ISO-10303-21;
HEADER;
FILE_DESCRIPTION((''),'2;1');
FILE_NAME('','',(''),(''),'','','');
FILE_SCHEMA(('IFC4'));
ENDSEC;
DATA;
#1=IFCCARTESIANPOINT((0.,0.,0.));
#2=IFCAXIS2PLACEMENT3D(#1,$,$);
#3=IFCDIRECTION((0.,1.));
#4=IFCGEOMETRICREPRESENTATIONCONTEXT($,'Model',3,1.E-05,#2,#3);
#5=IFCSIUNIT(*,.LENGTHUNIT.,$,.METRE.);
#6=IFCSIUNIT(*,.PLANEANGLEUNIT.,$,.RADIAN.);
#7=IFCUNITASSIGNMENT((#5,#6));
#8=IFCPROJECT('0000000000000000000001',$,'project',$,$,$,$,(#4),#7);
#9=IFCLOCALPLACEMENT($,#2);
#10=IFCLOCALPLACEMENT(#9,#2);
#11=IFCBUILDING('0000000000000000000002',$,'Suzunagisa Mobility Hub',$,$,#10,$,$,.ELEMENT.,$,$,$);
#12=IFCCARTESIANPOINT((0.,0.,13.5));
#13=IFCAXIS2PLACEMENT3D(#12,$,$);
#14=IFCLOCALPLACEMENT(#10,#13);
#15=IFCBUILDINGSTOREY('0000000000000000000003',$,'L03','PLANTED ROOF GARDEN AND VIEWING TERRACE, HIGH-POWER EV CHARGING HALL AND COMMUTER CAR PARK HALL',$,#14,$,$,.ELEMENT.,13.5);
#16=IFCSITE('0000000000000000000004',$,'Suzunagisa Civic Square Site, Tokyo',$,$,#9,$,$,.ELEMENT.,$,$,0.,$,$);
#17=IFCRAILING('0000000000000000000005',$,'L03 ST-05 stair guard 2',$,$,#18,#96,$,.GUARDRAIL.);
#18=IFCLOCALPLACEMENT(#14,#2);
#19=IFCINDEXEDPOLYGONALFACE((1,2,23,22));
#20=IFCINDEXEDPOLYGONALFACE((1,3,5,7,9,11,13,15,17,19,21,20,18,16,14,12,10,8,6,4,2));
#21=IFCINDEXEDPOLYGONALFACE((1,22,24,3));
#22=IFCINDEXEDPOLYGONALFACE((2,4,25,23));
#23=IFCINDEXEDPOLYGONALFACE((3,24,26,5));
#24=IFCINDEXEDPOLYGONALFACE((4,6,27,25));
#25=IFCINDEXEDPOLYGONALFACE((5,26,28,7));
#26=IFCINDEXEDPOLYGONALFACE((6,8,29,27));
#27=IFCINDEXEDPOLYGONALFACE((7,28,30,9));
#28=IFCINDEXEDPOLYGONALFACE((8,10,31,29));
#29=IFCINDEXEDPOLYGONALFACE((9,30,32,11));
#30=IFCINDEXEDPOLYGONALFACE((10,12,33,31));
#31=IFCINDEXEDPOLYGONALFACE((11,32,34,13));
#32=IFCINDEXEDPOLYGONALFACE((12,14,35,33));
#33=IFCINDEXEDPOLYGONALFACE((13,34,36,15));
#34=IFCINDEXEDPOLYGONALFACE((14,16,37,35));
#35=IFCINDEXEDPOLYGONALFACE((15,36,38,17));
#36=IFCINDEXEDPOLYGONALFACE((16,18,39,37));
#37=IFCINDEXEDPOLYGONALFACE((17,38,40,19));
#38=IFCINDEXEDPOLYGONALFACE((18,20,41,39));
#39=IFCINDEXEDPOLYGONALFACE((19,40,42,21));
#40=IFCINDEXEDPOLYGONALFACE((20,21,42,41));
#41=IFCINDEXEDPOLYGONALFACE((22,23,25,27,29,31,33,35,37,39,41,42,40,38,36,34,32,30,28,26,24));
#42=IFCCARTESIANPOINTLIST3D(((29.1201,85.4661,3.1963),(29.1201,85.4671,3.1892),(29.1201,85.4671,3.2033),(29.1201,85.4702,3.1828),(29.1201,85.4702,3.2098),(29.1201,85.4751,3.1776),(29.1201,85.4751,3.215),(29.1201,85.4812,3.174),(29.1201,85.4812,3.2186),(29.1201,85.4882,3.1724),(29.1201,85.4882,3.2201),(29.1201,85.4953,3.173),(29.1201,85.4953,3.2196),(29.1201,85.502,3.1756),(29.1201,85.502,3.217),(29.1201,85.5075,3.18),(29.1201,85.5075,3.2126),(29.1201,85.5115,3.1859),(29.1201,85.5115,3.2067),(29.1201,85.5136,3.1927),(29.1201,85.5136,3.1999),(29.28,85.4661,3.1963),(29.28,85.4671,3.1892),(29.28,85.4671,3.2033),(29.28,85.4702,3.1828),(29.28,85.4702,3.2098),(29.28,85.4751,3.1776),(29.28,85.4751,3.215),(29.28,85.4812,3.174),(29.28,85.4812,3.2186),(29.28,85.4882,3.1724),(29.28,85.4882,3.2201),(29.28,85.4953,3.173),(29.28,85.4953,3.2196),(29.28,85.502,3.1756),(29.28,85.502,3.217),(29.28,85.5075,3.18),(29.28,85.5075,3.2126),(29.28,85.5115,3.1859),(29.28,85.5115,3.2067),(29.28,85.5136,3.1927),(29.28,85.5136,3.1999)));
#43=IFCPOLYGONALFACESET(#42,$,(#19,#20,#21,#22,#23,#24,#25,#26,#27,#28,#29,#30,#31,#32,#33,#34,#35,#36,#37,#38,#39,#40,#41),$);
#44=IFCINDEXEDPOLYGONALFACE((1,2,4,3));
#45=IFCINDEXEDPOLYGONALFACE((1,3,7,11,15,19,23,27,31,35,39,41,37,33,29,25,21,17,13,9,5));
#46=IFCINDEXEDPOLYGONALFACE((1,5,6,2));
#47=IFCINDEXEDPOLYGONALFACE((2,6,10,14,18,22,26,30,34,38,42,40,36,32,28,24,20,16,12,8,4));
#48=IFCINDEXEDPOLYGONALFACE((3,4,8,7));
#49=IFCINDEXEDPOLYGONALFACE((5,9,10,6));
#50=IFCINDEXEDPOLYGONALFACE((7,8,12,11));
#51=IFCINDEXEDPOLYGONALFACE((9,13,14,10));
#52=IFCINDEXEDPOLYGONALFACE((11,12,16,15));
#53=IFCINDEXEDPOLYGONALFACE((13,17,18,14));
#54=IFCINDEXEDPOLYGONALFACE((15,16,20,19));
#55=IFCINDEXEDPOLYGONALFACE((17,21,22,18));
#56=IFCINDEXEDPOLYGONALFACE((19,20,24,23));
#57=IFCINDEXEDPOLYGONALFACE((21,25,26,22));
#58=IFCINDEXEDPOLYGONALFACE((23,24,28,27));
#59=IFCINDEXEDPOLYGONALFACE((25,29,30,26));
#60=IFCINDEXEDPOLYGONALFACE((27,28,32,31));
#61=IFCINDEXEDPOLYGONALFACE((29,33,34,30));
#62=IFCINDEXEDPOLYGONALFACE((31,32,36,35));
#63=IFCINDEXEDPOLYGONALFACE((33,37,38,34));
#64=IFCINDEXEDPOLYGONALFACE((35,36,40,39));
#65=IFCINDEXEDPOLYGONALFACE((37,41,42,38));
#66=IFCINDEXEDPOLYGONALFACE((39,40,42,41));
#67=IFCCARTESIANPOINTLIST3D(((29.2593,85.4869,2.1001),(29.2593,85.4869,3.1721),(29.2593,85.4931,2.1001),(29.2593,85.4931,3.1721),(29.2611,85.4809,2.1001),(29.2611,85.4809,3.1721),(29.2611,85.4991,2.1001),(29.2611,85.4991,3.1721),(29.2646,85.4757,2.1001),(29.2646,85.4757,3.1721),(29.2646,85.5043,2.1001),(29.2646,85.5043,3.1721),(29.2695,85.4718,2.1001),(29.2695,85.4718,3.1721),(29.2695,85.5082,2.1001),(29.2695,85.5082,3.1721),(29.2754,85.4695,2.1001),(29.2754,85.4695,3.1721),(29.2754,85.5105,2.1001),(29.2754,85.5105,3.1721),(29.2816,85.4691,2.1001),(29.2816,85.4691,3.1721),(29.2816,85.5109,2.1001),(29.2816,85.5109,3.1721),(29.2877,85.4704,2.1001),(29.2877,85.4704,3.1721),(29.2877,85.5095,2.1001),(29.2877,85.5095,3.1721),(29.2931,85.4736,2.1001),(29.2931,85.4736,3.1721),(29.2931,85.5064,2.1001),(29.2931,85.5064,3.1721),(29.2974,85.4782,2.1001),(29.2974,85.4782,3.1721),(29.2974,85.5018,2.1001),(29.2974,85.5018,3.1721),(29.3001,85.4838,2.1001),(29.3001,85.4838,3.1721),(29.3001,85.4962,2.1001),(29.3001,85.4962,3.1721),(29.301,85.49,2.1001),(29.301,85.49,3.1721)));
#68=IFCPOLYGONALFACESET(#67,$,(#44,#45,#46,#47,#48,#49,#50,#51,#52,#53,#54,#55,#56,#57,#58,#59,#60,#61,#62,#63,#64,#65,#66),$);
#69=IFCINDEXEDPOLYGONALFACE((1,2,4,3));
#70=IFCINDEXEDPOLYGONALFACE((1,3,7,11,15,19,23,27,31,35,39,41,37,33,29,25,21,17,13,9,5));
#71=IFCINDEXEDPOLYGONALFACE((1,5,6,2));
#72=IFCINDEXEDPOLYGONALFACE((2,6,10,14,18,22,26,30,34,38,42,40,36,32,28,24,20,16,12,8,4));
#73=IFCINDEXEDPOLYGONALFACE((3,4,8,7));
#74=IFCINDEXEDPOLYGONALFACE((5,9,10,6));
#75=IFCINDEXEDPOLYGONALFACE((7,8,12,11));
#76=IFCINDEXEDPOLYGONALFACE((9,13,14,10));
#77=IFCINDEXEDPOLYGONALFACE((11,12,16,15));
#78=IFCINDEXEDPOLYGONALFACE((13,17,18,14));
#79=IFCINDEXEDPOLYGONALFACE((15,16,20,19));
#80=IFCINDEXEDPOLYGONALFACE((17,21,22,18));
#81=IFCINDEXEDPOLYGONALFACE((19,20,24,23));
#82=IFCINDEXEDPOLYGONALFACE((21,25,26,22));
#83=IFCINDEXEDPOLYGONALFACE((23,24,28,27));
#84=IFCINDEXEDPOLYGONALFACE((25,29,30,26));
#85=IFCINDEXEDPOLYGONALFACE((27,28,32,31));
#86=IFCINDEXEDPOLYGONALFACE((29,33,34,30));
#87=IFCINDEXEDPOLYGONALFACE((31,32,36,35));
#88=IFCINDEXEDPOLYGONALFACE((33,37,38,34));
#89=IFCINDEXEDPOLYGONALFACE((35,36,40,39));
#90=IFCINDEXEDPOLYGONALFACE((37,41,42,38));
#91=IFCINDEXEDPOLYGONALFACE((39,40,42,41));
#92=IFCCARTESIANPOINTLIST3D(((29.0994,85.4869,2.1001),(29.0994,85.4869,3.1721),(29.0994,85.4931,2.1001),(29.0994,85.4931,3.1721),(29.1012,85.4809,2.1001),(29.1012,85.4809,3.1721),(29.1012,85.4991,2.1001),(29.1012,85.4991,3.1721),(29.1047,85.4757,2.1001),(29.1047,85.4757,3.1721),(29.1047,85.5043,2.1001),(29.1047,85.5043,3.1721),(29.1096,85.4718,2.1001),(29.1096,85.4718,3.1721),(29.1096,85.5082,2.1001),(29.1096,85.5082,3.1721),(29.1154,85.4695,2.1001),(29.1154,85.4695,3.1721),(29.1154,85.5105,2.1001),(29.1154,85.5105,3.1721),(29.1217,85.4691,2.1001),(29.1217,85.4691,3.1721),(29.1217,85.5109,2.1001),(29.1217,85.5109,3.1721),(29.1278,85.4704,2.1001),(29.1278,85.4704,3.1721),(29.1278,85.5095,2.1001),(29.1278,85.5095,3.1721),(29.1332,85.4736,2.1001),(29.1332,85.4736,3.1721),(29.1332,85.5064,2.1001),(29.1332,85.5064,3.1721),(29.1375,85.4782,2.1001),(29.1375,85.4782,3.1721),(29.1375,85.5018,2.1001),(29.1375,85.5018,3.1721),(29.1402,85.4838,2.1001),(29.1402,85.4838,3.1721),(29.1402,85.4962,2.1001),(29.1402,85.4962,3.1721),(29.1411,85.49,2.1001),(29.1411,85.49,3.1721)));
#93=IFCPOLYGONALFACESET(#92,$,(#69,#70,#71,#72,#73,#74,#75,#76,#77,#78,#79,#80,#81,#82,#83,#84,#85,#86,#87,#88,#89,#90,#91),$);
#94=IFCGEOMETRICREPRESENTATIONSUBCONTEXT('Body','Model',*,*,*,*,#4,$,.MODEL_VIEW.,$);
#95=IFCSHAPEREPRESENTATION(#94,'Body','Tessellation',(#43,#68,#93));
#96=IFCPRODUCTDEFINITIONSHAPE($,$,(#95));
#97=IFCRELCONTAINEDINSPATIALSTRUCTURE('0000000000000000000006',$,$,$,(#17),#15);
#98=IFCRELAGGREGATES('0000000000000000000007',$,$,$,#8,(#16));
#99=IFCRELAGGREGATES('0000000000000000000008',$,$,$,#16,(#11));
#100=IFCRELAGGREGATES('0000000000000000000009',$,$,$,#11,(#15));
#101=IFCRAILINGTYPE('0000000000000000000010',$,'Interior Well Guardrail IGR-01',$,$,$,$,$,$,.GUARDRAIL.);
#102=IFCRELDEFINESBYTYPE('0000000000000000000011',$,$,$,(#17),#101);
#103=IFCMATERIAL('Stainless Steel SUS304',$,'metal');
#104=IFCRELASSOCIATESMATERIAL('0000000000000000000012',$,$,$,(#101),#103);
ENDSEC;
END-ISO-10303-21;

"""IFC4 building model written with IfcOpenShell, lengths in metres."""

from ifc_helpers import new_model, si_unit, direction, frame, origin, origin_2d, place, context, subcontext, project, spatial, circle, extrude, material, type_object, element, save


model = new_model("IFC4")

# Units and contexts
model_context = context("Model", 3, precision=1e-05, world=origin(), true_north=direction((0.0, 1.0)))
body_context = subcontext(model_context, "Body", "Model", "MODEL_VIEW")
ifc_project = project(units=[si_unit("LENGTHUNIT", "METRE"), si_unit("PLANEANGLEUNIT", "RADIAN")], contexts=[model_context])

# Site, building, storey
site_placement = place(None, origin())
site = spatial("IfcSite", under=ifc_project, at=site_placement, Name="Suzunagisa Civic Square Site, Tokyo", CompositionType="ELEMENT", RefElevation=0.0)
building_placement = place(site_placement, origin())
building = spatial("IfcBuilding", under=site, at=building_placement, Name="Suzunagisa Mobility Hub", CompositionType="ELEMENT")
storey_placement = place(building_placement, frame((0.0, 0.0, 13.5)))
storey = spatial("IfcBuildingStorey", under=building, at=storey_placement, Name="L03", Description="PLANTED ROOF GARDEN AND VIEWING TERRACE, HIGH-POWER EV CHARGING HALL AND COMMUTER CAR PARK HALL", CompositionType="ELEMENT", Elevation=13.5)

# Railing
ifc_material_1 = material(Name="Stainless Steel SUS304", Category="metal")
railing_type_1 = type_object("IfcRailingType", Name="Interior Well Guardrail IGR-01", PredefinedType="GUARDRAIL", material=ifc_material_1)
railing_1_placement = place(storey_placement, frame((29.28, 85.49, 2.1001)))
element("IfcRailing", 1, at=railing_1_placement, inside=storey, type_object=railing_type_1, Name="L03 ST-05 stair guard 2", PredefinedType="GUARDRAIL", context=body_context, shape_type="SweptSolid", body=[
    extrude(circle(Radius=0.0239, at=origin_2d()), frame((0.0, 0.0, 1.0962), z_axis=(-1.0, 0.0, 0.0), x_axis=(0.0, -1.0, 0.0)), (0.0, 0.0, 1.0), 0.1599),
    extrude(circle(Radius=0.021, at=origin_2d()), origin(), (0.0, 0.0, 1.0), 1.072),
    extrude(circle(Radius=0.021, at=origin_2d()), frame((-0.1599, 0.0, 0.0)), (0.0, 0.0, 1.0), 1.072),
])

save(model, "model.ifc")
